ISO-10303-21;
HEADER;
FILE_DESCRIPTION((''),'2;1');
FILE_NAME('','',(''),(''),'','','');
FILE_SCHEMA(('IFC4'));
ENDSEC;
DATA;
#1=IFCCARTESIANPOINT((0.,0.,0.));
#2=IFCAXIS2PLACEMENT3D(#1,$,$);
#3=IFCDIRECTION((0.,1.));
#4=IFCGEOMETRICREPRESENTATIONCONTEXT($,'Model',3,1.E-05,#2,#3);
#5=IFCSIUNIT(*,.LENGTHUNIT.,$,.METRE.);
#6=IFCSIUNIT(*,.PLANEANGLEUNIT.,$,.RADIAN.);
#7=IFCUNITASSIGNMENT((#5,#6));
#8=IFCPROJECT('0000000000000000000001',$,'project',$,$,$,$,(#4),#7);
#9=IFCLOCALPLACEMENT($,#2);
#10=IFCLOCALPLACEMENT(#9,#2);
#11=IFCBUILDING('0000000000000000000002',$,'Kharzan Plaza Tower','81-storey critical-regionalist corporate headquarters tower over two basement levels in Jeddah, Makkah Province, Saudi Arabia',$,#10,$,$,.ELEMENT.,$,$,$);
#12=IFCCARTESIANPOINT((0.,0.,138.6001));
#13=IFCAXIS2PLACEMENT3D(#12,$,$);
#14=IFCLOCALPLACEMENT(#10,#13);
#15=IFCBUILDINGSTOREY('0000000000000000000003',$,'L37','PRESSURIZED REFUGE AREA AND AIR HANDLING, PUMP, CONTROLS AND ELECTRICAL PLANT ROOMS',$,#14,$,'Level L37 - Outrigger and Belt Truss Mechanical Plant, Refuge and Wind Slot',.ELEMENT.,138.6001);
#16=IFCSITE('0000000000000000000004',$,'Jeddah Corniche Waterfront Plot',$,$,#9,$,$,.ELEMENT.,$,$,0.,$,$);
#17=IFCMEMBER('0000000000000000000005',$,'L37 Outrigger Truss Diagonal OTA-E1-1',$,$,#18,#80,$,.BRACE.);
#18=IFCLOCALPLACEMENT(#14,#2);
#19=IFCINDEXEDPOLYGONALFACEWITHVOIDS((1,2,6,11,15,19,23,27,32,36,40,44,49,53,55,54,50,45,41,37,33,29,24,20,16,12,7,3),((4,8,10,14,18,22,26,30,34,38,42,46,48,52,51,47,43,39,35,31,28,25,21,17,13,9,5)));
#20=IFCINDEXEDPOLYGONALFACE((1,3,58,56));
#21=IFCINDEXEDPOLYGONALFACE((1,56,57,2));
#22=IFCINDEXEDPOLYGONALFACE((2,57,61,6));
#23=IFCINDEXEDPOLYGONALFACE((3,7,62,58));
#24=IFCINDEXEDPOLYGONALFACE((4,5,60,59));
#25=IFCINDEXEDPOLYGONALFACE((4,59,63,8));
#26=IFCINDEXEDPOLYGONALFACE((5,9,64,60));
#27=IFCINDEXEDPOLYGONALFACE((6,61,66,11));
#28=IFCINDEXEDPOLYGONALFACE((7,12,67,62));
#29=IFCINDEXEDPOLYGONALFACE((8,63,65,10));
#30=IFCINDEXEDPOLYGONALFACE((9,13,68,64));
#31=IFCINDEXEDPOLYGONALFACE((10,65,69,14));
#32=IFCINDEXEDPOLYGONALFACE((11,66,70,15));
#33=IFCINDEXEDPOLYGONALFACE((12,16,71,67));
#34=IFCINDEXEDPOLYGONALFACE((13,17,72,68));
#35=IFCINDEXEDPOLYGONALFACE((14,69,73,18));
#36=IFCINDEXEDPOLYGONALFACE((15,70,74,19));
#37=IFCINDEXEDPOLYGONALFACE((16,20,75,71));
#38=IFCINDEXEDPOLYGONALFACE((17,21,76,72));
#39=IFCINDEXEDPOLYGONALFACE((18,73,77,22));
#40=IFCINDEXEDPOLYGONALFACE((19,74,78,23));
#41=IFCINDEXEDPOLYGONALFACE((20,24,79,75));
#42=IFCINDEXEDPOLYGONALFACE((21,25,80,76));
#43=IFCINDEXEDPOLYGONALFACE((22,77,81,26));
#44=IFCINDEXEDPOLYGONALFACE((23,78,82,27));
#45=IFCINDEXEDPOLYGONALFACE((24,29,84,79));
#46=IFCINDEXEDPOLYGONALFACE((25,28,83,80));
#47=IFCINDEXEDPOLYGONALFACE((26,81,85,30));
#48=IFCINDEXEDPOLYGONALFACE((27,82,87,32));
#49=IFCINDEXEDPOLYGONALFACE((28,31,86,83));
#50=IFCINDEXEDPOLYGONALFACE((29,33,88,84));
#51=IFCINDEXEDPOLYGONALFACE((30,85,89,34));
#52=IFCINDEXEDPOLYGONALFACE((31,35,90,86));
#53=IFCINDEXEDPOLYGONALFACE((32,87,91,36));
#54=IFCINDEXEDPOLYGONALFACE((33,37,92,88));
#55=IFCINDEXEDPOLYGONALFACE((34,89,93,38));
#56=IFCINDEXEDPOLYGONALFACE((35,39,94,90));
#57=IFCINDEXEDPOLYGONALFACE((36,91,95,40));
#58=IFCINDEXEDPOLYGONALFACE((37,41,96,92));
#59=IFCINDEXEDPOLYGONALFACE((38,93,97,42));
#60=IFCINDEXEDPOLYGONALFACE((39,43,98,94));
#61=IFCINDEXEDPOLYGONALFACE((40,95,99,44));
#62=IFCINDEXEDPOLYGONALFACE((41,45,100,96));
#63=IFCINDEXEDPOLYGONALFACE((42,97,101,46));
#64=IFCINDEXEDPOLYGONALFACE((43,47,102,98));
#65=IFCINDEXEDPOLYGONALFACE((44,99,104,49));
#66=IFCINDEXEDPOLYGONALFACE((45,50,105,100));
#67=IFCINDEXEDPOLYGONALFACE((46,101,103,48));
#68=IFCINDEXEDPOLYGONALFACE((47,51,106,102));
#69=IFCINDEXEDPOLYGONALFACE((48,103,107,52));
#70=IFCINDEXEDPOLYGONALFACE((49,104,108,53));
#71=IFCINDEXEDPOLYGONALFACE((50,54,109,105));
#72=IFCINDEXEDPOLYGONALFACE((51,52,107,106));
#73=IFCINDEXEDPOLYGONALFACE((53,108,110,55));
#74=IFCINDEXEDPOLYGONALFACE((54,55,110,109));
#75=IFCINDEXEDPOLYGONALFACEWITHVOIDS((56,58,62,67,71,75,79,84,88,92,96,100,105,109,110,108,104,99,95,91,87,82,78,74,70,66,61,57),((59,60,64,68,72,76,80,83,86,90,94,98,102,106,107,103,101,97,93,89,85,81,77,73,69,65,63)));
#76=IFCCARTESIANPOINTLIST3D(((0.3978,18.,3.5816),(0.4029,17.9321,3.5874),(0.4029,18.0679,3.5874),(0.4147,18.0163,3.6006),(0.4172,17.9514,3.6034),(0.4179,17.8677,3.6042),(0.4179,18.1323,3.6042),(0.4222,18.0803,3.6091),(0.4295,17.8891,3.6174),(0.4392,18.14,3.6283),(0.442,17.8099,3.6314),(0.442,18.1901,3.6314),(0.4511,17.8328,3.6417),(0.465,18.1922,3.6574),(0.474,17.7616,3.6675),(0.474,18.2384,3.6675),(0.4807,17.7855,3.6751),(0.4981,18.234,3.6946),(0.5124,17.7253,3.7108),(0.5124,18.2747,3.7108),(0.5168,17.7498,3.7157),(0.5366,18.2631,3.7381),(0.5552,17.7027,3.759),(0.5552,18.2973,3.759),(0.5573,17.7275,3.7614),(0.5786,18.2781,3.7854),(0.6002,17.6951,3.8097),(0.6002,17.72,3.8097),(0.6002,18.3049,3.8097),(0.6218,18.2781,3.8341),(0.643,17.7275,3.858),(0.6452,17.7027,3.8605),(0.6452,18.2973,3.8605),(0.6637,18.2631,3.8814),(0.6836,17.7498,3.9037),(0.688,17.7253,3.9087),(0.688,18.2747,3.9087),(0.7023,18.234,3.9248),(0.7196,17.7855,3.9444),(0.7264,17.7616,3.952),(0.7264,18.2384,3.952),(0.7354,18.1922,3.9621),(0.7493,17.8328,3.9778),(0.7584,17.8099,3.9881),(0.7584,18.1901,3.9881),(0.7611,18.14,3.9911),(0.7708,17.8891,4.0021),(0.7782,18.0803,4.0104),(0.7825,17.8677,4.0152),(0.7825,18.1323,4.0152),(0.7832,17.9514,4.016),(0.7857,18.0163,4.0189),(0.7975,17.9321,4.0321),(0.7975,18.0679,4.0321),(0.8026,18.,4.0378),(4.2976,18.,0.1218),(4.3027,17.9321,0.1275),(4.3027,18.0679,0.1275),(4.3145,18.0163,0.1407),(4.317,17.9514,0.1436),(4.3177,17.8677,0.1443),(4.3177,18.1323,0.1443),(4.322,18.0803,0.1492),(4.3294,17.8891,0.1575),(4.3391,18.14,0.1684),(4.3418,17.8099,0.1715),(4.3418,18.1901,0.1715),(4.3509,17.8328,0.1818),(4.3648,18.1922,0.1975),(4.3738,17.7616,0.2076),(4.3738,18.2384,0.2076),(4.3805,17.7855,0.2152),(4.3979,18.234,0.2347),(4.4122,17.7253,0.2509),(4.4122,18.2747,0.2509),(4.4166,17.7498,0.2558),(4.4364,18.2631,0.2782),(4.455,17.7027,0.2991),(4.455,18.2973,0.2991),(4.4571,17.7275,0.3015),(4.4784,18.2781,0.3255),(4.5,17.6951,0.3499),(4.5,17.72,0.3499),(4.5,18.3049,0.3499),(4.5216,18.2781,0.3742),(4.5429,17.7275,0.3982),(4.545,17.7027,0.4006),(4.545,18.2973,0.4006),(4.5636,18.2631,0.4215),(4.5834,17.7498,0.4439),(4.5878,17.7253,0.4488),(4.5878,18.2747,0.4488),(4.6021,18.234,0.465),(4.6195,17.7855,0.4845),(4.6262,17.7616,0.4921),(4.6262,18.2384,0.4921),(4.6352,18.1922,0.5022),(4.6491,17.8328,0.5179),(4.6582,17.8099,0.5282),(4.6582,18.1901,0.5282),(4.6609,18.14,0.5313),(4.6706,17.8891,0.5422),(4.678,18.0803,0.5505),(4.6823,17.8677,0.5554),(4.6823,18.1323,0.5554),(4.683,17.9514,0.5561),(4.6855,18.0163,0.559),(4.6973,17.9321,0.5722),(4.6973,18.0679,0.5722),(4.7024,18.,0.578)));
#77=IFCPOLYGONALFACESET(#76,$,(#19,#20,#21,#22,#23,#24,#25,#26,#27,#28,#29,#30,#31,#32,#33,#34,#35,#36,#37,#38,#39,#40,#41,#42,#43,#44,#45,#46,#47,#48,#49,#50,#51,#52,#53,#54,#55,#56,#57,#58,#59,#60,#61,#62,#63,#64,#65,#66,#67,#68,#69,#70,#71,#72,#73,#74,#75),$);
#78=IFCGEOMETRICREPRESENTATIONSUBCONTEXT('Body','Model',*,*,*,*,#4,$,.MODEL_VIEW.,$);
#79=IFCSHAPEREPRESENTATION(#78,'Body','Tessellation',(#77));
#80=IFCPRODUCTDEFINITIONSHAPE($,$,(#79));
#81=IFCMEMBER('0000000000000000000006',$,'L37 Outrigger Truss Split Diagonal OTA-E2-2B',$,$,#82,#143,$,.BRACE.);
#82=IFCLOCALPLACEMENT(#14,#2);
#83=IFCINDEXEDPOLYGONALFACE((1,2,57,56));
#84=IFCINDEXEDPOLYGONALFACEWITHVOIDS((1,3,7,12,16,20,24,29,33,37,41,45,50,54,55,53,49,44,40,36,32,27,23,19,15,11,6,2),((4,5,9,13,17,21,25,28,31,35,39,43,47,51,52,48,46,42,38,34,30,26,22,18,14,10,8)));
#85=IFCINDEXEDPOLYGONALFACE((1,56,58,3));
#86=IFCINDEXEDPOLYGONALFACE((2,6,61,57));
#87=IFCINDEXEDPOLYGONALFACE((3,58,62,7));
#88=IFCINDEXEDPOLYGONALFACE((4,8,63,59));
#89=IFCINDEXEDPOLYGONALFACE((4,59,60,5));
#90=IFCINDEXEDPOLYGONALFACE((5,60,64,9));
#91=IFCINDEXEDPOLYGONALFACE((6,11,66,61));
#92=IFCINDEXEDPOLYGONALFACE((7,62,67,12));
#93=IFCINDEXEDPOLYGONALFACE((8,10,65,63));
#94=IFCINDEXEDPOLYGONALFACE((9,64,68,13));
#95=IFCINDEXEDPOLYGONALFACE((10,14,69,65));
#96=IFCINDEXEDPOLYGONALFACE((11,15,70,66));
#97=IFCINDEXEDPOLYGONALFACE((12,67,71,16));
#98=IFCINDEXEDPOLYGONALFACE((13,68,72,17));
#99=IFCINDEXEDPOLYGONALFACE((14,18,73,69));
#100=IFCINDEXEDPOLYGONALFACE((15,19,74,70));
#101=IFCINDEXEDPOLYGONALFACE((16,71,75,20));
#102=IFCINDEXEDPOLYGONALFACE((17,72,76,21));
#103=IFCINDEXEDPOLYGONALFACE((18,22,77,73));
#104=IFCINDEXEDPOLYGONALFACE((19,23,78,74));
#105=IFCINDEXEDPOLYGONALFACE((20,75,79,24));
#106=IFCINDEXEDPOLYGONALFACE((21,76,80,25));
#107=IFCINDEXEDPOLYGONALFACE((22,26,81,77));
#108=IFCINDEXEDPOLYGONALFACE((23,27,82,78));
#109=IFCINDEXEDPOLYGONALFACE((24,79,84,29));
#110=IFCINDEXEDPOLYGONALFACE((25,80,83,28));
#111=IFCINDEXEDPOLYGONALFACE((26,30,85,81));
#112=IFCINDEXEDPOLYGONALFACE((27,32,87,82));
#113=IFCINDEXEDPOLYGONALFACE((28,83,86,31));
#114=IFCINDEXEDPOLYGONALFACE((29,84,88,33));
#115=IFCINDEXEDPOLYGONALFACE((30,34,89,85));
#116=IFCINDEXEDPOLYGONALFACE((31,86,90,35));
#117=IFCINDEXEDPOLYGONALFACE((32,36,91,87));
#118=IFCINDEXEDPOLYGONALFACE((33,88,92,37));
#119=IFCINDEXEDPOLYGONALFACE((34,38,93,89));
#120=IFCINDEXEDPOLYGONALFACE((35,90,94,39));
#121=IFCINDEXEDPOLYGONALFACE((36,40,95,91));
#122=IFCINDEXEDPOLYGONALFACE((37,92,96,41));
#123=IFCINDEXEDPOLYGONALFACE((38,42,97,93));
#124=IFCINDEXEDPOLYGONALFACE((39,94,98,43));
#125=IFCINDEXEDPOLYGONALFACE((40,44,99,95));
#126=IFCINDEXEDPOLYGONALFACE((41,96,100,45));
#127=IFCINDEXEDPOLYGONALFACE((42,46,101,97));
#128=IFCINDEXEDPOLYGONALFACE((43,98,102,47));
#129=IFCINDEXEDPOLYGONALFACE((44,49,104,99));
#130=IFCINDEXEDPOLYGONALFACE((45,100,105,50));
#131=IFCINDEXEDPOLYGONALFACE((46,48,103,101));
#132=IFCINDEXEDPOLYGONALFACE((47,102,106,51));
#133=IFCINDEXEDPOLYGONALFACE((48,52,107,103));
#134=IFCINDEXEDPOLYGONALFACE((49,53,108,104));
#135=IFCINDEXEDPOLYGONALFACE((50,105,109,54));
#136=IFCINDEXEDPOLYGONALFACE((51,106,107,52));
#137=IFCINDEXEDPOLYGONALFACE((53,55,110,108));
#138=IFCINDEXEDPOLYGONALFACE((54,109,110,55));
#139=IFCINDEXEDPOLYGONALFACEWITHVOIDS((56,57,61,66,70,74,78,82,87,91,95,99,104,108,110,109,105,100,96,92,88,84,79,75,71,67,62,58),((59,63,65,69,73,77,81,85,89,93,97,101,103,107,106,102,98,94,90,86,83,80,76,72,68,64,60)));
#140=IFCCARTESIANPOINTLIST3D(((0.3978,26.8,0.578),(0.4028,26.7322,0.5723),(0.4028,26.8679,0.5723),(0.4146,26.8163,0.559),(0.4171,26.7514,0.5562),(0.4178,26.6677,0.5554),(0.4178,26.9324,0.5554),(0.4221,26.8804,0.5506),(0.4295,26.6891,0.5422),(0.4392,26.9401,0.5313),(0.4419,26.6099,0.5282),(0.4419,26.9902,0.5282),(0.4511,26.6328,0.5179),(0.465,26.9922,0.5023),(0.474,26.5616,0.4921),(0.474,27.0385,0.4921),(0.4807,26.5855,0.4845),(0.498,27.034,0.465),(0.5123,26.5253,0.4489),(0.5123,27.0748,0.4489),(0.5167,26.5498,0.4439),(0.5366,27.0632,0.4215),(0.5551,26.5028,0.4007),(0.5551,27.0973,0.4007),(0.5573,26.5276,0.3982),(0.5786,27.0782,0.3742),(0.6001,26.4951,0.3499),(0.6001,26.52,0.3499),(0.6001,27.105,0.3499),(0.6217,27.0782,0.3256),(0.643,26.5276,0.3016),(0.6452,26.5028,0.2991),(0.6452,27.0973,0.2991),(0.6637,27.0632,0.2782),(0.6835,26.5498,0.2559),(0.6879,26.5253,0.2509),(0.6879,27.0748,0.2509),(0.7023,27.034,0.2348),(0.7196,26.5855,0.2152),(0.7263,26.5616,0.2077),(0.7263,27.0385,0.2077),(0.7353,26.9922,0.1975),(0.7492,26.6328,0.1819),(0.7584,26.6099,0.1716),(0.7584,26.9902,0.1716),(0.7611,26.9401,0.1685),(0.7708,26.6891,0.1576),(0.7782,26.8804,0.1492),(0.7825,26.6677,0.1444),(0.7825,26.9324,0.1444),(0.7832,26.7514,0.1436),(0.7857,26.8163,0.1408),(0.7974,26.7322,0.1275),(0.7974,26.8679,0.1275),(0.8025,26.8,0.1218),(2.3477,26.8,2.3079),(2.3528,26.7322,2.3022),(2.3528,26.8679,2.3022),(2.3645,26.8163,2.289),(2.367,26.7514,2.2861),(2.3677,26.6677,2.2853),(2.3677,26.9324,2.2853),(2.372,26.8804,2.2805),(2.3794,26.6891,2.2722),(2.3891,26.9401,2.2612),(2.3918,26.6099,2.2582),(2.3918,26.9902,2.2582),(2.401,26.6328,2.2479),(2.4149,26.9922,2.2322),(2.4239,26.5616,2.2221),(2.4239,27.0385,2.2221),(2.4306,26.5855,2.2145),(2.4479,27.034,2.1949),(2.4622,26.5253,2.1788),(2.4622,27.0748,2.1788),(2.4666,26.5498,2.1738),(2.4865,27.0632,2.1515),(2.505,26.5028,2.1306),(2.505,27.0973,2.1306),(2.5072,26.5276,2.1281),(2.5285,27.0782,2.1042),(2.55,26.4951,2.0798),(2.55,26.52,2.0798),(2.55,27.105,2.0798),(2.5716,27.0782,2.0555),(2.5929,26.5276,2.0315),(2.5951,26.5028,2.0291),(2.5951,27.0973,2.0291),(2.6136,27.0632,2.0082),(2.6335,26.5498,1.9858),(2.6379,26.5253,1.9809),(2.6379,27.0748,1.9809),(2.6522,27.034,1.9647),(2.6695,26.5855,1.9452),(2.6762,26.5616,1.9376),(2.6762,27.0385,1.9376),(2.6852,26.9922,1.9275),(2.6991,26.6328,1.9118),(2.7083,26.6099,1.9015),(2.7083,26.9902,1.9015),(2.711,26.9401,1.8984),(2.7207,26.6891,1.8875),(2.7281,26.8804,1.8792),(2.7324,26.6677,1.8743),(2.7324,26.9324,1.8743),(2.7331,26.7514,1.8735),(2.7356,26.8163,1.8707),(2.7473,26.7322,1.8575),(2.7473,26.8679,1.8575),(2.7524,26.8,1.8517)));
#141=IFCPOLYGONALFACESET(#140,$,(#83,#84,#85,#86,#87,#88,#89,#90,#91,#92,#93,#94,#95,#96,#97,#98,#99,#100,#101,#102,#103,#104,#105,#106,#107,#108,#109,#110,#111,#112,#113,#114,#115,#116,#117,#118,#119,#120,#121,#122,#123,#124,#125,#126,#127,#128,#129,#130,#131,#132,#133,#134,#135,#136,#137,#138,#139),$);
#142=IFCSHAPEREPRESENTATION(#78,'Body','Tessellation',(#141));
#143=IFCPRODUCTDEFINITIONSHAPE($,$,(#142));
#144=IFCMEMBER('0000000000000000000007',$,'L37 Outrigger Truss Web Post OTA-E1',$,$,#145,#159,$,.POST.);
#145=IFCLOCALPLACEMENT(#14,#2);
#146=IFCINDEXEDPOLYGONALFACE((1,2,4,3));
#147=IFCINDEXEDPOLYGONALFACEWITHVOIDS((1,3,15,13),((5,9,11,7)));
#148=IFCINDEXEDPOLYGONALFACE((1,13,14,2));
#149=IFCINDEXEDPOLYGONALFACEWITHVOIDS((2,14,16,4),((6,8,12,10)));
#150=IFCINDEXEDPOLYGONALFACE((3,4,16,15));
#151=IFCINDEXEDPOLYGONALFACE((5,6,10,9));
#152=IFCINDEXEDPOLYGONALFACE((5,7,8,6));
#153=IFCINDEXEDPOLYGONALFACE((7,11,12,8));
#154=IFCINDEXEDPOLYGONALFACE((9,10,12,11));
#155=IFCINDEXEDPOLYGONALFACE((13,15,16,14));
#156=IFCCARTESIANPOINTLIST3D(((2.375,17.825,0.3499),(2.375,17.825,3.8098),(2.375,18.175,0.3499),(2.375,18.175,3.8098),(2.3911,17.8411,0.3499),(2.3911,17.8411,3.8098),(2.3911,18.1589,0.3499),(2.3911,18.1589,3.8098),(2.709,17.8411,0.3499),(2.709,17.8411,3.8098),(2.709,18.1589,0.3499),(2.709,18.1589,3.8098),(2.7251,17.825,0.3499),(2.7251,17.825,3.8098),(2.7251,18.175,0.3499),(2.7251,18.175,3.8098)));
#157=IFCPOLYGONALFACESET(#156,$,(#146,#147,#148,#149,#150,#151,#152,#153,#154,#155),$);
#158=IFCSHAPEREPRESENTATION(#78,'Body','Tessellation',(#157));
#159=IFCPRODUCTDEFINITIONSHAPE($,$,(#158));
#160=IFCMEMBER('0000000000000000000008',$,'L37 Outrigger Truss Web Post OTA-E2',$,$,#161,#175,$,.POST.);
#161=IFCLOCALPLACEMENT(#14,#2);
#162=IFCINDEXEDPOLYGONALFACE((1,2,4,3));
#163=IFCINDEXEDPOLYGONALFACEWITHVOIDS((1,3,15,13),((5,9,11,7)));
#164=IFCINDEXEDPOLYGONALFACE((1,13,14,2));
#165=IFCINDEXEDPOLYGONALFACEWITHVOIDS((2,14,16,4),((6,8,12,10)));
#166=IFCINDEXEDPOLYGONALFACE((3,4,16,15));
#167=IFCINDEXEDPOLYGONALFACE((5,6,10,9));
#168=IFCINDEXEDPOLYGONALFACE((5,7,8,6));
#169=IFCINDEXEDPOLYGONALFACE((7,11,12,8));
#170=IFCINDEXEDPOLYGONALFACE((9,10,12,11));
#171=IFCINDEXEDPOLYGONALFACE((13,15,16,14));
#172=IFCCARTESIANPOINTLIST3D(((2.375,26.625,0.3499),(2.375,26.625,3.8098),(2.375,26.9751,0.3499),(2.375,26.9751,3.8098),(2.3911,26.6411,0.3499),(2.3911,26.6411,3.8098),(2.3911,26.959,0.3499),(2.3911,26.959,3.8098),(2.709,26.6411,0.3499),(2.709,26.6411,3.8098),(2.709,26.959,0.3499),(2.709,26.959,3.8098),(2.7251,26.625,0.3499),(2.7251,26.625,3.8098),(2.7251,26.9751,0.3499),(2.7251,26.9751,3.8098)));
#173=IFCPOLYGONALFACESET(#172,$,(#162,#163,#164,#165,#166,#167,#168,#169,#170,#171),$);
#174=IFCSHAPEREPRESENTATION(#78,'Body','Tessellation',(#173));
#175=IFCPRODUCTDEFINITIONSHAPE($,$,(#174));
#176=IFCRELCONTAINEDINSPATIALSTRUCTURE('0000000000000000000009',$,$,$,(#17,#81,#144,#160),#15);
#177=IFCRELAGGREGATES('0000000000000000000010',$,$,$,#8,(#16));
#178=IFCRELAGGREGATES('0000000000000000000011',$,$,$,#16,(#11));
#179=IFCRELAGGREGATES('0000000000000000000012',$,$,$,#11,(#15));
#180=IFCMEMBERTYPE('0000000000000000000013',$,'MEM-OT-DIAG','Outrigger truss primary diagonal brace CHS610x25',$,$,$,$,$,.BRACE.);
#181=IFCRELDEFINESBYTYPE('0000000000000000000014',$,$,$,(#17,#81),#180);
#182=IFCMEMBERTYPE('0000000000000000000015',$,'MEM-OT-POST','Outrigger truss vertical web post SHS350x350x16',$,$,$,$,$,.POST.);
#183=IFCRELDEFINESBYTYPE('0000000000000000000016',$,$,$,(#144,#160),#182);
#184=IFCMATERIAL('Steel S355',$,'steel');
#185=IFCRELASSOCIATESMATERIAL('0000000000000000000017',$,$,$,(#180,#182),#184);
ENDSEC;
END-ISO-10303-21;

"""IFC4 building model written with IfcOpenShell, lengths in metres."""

from ifc_helpers import new_model, si_unit, direction, frame, origin, origin_2d, place, context, subcontext, project, spatial, hollow_rectangle, hollow_circle, extrude, source, transform, mapped, material, material_profile, profile_set, type_object, element, save


model = new_model("IFC4")

# Units and contexts
model_context = context("Model", 3, precision=1e-05, world=origin(), true_north=direction((0.0, 1.0)))
body_context = subcontext(model_context, "Body", "Model", "MODEL_VIEW")
ifc_project = project(units=[si_unit("LENGTHUNIT", "METRE"), si_unit("PLANEANGLEUNIT", "RADIAN")], contexts=[model_context])

# Site, building, storey
site_placement = place(None, origin())
site = spatial("IfcSite", under=ifc_project, at=site_placement, Name="Jeddah Corniche Waterfront Plot", CompositionType="ELEMENT", RefElevation=0.0)
building_placement = place(site_placement, origin())
building = spatial("IfcBuilding", under=site, at=building_placement, Name="Kharzan Plaza Tower", Description="81-storey critical-regionalist corporate headquarters tower over two basement levels in Jeddah, Makkah Province, Saudi Arabia", CompositionType="ELEMENT")
storey_placement = place(building_placement, frame((0.0, 0.0, 138.6001)))
storey = spatial("IfcBuildingStorey", under=building, at=storey_placement, Name="L37", Description="PRESSURIZED REFUGE AREA AND AIR HANDLING, PUMP, CONTROLS AND ELECTRICAL PLANT ROOMS", LongName="Level L37 - Outrigger and Belt Truss Mechanical Plant, Refuge and Wind Slot", CompositionType="ELEMENT", Elevation=138.6001)

# Shared definitions
ifc_material_1 = material(Name="Steel S355", Category="steel")

# Members
ifc_material_profile_1 = material_profile(ifc_material_1, hollow_circle(Radius=0.3049, WallThickness=0.0249, at=origin_2d()), Name="CHS610x25")
ifc_profile_set_1 = profile_set([ifc_material_profile_1], Name="Steel S355")
member_type_1 = type_object("IfcMemberType", Name="MEM-OT-DIAG", Description="Outrigger truss primary diagonal brace CHS610x25", PredefinedType="BRACE", material=ifc_profile_set_1)
shared_shape_1 = source(origin(), body_context, "Body", "SweptSolid", [
    extrude(hollow_circle(Radius=0.3049, WallThickness=0.0249, at=origin_2d()), origin(), (0.0, 0.0, 1.0), 5.2134),
])
member_1_placement = place(storey_placement, frame((4.5, 18.0, 0.3499), z_axis=(-0.748039, 0.0, 0.663654), x_axis=(0.0, -1.0, 0.0)))
element("IfcMember", 1, at=member_1_placement, inside=storey, type_object=member_type_1, Name="L37 Outrigger Truss Diagonal OTA-E1-1", PredefinedType="BRACE", context=body_context, shape_type="MappedRepresentation", body=[
    mapped(shared_shape_1, transform((0.0, 0.0, 0.0), x_axis=(1.0, 0.0, 0.0), y_axis=(0.0, 1.0, 0.0), z_axis=(0.0, 0.0, 1.0))),
])
shared_shape_2 = source(origin(), body_context, "Body", "SweptSolid", [
    extrude(hollow_circle(Radius=0.3049, WallThickness=0.0249, at=origin_2d()), origin(), (0.0, 0.0, 1.0), 2.6067),
])
member_2_placement = place(storey_placement, frame((2.55, 26.8, 2.0798), z_axis=(-0.748039, 0.0, -0.663654), x_axis=(0.0, -1.0, 0.0)))
element("IfcMember", 2, at=member_2_placement, inside=storey, type_object=member_type_1, Name="L37 Outrigger Truss Split Diagonal OTA-E2-2B", PredefinedType="BRACE", context=body_context, shape_type="MappedRepresentation", body=[
    mapped(shared_shape_2, transform((0.0, 0.0, 0.0), x_axis=(1.0, 0.0, 0.0), y_axis=(0.0, 1.0, 0.0), z_axis=(0.0, 0.0, 1.0))),
])
ifc_material_profile_2 = material_profile(ifc_material_1, hollow_rectangle(XDim=0.3501, YDim=0.3501, WallThickness=0.0161, at=origin_2d()), Name="SHS350x350x16")
ifc_profile_set_2 = profile_set([ifc_material_profile_2], Name="Steel S355")
member_type_2 = type_object("IfcMemberType", Name="MEM-OT-POST", Description="Outrigger truss vertical web post SHS350x350x16", PredefinedType="POST", material=ifc_profile_set_2)
shared_shape_3 = source(origin(), body_context, "Body", "SweptSolid", [
    extrude(hollow_rectangle(XDim=0.3501, YDim=0.3501, WallThickness=0.0161, at=origin_2d()), origin(), (0.0, 0.0, 1.0), 3.46),
])
for number, where, z_axis, x_axis, name in (
    (3, (2.55, 18.0, 0.3499), (0.0, 0.0, 1.0), (1.0, 0.0, 0.0), "L37 Outrigger Truss Web Post OTA-E1"),
    (4, (2.55, 26.8, 0.3499), (0.0, 0.0, 1.0), (1.0, 0.0, 0.0), "L37 Outrigger Truss Web Post OTA-E2"),
):
    element("IfcMember", number, at=place(storey_placement, frame(where, z_axis=z_axis, x_axis=x_axis)), inside=storey, type_object=member_type_2, Name=name, PredefinedType="POST", context=body_context, shape_type="MappedRepresentation", body=[
        mapped(shared_shape_3, transform((0.0, 0.0, 0.0), x_axis=(1.0, 0.0, 0.0), y_axis=(0.0, 1.0, 0.0), z_axis=(0.0, 0.0, 1.0))),
    ])

save(model, "model.ifc")
